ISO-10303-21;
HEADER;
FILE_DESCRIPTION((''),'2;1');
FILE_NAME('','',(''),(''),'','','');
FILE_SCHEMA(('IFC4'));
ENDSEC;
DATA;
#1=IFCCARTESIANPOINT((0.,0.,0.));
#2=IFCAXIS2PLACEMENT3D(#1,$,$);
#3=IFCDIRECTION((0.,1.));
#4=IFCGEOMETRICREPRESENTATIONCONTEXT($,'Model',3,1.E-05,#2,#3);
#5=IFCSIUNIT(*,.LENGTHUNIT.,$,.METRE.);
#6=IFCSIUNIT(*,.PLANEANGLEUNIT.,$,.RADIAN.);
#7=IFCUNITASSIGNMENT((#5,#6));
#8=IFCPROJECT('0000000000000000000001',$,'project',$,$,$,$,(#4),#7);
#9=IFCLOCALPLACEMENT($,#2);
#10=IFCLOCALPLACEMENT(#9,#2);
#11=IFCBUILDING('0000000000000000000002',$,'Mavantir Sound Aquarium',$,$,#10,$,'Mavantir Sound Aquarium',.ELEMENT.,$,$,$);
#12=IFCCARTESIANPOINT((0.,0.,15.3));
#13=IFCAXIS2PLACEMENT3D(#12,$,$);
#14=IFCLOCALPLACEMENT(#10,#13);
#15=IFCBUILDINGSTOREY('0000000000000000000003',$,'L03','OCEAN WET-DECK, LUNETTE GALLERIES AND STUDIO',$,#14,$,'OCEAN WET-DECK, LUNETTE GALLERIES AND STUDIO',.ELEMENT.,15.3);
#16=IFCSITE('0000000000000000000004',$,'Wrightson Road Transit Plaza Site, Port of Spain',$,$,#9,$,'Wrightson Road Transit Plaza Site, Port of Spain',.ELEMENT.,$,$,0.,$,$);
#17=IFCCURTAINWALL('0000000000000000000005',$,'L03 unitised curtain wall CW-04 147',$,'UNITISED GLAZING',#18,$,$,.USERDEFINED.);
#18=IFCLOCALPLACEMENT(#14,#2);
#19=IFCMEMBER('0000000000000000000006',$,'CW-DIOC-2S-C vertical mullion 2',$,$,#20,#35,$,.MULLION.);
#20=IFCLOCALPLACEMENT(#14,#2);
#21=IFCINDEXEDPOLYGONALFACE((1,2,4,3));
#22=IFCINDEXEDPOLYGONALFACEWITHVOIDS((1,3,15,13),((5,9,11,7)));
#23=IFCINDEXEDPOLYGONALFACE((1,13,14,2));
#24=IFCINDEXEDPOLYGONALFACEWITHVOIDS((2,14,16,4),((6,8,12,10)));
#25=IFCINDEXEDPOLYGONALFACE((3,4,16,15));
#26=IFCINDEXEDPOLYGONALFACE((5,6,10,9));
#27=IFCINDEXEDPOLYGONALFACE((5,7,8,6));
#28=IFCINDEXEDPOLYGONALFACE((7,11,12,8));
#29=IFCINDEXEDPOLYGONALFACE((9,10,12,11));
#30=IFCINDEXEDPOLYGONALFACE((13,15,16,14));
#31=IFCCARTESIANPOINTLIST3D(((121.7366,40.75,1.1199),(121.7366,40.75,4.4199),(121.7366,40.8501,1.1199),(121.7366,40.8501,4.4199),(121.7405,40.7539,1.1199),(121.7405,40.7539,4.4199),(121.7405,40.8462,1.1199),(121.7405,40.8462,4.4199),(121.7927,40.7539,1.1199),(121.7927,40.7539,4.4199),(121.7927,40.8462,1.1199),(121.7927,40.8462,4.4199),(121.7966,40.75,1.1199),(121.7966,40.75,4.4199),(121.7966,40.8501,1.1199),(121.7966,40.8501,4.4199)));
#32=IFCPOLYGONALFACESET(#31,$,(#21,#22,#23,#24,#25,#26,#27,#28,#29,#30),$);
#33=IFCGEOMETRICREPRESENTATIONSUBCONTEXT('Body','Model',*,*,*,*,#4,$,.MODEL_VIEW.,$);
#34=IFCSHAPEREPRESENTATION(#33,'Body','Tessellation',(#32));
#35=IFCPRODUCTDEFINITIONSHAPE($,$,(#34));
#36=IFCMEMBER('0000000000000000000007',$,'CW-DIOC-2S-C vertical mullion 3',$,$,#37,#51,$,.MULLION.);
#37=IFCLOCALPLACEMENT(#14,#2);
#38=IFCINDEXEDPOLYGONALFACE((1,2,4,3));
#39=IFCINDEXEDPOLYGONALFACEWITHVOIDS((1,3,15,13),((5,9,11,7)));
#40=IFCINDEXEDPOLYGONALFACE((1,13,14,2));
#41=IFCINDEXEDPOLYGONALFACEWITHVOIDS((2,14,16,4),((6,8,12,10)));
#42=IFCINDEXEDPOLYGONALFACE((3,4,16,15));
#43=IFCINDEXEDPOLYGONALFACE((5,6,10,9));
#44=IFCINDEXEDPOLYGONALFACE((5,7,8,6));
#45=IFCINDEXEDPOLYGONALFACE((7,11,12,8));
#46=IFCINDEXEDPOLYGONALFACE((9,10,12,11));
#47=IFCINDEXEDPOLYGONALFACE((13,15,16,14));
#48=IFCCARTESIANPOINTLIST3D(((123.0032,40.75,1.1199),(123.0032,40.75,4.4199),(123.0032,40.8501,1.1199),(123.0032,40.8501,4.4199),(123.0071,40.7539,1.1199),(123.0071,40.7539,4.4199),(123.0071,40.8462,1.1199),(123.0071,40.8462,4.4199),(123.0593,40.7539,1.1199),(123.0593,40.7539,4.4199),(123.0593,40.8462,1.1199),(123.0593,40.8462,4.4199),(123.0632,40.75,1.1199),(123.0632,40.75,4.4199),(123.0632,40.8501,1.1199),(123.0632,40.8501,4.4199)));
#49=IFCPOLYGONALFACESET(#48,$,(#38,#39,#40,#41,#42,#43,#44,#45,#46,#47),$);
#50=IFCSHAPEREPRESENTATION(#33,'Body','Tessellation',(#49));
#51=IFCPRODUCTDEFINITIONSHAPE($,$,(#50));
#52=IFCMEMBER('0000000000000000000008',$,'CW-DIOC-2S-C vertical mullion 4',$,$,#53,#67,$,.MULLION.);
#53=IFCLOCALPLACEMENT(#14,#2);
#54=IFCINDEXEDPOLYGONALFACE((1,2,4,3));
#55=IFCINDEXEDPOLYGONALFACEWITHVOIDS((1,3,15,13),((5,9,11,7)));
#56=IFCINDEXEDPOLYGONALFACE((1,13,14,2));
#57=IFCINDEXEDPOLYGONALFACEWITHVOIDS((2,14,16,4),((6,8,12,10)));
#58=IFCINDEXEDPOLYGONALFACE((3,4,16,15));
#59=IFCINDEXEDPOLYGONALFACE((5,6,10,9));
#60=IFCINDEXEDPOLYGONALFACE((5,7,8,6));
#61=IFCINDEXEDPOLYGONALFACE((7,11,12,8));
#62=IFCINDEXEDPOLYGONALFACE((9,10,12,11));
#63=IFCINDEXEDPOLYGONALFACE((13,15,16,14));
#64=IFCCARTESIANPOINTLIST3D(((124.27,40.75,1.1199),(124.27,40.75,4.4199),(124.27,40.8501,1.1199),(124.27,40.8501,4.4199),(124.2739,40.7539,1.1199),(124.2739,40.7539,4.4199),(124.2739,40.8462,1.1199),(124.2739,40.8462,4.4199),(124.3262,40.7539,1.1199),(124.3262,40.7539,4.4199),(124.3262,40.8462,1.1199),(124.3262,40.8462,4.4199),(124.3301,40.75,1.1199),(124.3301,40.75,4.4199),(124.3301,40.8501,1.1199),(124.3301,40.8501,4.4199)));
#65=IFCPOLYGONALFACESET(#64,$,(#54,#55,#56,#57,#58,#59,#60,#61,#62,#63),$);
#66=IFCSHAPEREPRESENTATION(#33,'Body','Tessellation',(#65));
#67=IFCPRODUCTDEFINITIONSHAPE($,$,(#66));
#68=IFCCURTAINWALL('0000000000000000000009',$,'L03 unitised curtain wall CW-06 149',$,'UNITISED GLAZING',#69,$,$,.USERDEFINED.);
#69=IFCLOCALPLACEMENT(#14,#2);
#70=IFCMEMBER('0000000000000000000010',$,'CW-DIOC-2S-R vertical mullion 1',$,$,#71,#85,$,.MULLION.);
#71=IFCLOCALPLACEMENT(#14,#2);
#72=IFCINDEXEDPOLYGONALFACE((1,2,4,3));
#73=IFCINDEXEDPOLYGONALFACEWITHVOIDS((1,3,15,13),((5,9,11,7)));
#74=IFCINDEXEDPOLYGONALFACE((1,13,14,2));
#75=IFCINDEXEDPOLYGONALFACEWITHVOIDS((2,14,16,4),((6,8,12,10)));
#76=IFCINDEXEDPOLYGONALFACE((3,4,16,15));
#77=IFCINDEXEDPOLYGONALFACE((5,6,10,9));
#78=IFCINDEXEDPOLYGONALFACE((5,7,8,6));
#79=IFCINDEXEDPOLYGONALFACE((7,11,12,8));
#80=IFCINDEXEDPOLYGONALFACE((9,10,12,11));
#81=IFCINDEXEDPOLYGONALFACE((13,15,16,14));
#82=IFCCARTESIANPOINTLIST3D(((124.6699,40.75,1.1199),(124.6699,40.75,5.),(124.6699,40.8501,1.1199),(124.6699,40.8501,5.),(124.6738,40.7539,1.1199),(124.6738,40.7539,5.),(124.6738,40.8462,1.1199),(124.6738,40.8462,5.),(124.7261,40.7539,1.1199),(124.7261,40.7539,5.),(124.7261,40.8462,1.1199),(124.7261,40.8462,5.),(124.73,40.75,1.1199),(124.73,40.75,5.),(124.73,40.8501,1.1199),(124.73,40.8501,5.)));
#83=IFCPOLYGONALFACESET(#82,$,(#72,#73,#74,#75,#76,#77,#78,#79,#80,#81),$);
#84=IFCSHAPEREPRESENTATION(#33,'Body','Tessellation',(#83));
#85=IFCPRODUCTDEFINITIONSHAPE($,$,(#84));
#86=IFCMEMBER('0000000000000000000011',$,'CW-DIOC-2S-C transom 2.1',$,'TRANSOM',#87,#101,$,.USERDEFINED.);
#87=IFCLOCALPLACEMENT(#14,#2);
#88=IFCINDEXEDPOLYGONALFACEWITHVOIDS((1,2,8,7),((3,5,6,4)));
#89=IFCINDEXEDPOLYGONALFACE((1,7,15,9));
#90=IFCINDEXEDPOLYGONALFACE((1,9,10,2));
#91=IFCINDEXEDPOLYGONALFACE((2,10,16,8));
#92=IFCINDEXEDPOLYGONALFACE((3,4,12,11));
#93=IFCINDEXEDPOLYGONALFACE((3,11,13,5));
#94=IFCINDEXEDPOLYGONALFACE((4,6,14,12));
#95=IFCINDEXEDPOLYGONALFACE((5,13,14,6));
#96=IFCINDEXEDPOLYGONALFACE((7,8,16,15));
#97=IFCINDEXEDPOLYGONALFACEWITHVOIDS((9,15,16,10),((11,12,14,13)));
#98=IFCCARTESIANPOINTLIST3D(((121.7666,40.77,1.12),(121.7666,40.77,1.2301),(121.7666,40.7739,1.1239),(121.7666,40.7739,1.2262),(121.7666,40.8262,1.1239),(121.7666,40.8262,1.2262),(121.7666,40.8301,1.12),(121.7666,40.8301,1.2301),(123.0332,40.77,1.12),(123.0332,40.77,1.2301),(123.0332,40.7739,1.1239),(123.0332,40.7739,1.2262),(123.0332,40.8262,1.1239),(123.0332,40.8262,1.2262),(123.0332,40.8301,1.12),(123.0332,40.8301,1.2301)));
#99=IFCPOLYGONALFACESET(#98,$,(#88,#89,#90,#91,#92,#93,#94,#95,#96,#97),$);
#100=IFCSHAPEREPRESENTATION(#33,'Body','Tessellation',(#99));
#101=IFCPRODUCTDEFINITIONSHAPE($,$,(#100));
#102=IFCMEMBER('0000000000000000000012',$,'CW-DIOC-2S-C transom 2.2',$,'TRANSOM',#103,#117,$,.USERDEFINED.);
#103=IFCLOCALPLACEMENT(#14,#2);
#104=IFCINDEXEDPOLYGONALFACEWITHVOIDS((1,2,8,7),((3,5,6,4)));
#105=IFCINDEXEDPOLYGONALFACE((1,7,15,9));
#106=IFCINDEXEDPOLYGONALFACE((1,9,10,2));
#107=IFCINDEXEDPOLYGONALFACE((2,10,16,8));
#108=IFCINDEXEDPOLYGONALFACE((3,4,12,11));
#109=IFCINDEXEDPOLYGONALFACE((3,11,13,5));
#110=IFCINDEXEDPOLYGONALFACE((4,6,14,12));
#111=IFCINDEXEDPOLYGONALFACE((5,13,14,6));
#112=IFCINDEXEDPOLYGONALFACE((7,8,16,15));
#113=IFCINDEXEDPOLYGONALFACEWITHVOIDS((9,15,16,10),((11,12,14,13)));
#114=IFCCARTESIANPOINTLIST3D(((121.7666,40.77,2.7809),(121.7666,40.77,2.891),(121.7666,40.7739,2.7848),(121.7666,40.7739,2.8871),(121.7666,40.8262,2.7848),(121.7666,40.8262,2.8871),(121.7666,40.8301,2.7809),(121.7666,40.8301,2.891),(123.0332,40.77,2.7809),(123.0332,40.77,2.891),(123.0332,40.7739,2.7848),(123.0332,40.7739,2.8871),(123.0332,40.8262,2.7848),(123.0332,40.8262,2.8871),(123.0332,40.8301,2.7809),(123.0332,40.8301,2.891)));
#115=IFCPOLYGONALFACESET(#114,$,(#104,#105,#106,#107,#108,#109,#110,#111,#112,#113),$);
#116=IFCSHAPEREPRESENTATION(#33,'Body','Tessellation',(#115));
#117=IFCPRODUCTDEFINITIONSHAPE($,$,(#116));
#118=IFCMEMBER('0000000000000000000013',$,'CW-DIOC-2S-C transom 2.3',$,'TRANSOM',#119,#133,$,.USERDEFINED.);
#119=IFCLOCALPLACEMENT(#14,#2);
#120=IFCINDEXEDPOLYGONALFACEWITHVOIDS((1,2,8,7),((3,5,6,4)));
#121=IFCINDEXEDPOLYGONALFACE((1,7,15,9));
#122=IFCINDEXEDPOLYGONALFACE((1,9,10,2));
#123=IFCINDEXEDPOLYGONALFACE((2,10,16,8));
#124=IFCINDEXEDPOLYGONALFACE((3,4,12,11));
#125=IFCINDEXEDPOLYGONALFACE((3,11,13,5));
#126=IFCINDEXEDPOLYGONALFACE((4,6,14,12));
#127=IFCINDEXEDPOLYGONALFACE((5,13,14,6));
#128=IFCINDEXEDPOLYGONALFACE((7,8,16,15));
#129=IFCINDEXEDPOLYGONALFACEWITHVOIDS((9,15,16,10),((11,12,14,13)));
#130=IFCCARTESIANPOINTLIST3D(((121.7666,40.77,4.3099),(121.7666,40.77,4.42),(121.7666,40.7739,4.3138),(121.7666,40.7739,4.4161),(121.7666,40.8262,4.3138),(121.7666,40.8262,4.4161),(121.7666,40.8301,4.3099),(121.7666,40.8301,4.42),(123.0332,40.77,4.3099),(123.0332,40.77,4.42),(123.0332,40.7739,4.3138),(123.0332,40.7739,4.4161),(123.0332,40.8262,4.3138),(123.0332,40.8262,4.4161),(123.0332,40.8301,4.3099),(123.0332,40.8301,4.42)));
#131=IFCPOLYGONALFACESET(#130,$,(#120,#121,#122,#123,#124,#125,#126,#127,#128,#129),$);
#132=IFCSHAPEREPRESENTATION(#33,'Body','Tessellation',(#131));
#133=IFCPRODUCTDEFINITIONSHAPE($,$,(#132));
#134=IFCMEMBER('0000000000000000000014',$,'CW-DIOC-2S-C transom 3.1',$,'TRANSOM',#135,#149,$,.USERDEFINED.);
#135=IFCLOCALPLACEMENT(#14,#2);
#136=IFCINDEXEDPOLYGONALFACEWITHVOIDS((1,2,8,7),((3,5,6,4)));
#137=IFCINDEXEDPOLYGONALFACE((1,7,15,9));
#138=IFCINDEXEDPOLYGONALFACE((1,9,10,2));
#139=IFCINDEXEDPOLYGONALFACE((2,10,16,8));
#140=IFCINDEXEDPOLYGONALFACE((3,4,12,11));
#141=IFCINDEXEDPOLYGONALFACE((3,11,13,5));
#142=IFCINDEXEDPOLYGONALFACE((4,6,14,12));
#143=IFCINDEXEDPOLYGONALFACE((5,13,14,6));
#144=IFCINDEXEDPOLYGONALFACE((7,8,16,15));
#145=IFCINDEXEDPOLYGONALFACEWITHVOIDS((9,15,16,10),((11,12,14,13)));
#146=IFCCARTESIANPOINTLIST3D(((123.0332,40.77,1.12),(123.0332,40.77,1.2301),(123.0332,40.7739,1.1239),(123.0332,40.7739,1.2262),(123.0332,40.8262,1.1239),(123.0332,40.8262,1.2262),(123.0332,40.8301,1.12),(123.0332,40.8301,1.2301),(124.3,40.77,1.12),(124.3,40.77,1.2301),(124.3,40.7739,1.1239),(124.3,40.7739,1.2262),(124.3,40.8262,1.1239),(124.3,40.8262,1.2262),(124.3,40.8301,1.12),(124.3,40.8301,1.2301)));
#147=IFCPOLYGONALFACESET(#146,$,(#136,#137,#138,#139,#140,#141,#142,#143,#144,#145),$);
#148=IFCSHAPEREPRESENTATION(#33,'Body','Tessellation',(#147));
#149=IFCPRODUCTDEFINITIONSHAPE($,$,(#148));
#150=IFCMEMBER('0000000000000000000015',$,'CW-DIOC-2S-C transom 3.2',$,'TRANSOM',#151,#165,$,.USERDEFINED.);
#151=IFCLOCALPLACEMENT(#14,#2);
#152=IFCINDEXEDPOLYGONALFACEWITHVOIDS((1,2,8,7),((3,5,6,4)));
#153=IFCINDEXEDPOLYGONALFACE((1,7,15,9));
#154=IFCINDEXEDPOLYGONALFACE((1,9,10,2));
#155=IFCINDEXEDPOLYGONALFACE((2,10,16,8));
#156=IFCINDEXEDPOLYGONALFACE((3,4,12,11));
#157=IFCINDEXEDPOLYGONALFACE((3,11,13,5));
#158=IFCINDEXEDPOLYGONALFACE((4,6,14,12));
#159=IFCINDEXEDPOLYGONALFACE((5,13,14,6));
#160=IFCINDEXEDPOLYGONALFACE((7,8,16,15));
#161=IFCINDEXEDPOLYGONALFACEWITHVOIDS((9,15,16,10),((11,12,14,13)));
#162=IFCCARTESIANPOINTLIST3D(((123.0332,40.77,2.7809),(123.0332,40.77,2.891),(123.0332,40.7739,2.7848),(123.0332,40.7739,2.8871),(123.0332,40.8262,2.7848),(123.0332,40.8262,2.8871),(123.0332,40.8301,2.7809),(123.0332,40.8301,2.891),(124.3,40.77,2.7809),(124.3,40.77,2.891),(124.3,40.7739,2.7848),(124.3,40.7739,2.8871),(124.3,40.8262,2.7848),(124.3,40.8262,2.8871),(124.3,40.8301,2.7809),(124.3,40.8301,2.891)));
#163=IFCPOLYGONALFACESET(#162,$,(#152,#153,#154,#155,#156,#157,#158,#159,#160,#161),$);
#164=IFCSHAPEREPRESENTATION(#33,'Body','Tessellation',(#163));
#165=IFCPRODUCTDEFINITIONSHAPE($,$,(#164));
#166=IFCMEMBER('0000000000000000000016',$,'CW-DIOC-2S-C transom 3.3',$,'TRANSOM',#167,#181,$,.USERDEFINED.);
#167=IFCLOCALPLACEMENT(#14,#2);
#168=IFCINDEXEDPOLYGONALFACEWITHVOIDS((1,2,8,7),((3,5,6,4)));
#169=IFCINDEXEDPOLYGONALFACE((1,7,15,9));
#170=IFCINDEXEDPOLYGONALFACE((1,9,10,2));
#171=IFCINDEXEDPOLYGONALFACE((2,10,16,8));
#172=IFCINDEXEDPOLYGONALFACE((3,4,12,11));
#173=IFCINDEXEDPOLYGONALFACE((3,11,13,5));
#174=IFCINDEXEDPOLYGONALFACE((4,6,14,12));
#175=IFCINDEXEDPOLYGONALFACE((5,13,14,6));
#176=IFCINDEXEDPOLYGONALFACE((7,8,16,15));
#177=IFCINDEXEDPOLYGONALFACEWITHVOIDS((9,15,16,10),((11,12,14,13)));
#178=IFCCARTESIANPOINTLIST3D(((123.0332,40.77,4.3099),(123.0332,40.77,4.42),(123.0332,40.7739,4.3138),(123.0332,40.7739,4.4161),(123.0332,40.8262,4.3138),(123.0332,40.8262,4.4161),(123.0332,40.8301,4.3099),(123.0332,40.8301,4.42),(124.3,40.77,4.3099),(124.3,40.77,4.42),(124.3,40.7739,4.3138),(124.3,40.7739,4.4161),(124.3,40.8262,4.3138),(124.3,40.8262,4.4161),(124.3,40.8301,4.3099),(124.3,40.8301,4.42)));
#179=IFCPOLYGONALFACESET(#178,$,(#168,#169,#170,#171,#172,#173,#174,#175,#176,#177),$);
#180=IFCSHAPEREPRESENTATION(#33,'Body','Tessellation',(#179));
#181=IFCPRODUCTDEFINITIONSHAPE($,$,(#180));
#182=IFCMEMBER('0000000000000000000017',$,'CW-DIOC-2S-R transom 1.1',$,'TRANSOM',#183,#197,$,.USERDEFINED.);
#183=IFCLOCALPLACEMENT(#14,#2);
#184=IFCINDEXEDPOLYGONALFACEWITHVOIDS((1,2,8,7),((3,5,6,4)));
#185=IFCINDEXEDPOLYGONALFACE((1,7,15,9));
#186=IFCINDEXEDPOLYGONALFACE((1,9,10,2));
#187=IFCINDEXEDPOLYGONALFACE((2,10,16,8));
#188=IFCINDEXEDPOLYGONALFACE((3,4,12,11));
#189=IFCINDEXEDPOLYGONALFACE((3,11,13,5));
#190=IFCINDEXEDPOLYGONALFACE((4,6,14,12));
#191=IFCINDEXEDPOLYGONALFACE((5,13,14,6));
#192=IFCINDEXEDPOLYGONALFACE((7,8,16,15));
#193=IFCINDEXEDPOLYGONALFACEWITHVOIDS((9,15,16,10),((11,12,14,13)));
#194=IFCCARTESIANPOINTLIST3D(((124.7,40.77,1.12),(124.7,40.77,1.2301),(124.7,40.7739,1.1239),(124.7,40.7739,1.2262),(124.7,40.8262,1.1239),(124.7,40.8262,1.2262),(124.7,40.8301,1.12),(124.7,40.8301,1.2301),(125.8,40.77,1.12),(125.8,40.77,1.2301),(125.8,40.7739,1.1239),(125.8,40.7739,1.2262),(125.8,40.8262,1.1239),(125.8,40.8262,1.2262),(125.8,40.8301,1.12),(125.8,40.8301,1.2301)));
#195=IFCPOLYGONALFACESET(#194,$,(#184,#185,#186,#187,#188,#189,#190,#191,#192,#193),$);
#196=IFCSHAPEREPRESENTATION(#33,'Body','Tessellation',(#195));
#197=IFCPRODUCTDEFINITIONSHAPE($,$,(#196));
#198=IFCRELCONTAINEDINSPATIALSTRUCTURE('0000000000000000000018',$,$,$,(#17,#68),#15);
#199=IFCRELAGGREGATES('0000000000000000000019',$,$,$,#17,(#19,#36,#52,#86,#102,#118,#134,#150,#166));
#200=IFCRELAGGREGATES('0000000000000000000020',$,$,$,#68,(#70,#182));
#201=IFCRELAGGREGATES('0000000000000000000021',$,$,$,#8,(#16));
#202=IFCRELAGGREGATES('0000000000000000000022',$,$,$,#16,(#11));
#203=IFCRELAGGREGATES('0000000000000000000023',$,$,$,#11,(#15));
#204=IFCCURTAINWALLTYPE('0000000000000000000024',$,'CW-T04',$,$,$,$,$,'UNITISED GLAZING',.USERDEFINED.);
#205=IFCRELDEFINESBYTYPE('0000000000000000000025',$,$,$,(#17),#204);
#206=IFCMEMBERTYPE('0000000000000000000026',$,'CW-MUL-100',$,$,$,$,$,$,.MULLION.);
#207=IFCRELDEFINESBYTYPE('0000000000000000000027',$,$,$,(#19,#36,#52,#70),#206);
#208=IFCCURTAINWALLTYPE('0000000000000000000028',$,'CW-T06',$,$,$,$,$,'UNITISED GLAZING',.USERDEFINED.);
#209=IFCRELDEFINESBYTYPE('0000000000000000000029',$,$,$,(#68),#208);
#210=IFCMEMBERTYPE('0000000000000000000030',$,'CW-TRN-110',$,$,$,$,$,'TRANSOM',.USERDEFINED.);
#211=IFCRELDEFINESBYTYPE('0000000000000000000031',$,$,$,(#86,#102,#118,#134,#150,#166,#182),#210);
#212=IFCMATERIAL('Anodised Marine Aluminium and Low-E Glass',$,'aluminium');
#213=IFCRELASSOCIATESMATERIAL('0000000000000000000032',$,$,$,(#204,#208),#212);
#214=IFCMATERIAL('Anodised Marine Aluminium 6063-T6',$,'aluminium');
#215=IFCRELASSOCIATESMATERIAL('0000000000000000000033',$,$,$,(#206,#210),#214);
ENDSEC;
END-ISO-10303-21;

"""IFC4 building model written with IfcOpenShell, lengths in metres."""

from ifc_helpers import new_model, si_unit, direction, frame, origin, origin_2d, place, context, subcontext, project, spatial, hollow_rectangle, extrude, material, material_profile, profile_set, type_object, element, aggregate, save


model = new_model("IFC4")

# Units and contexts
model_context = context("Model", 3, precision=1e-05, world=origin(), true_north=direction((0.0, 1.0)))
body_context = subcontext(model_context, "Body", "Model", "MODEL_VIEW")
ifc_project = project(units=[si_unit("LENGTHUNIT", "METRE"), si_unit("PLANEANGLEUNIT", "RADIAN")], contexts=[model_context])

# Site, building, storey
site_placement = place(None, origin())
site = spatial("IfcSite", under=ifc_project, at=site_placement, Name="Wrightson Road Transit Plaza Site, Port of Spain", LongName="Wrightson Road Transit Plaza Site, Port of Spain", CompositionType="ELEMENT", RefElevation=0.0)
building_placement = place(site_placement, origin())
building = spatial("IfcBuilding", under=site, at=building_placement, Name="Mavantir Sound Aquarium", LongName="Mavantir Sound Aquarium", CompositionType="ELEMENT")
storey_placement = place(building_placement, frame((0.0, 0.0, 15.3)))
storey = spatial("IfcBuildingStorey", under=building, at=storey_placement, Name="L03", Description="OCEAN WET-DECK, LUNETTE GALLERIES AND STUDIO", LongName="OCEAN WET-DECK, LUNETTE GALLERIES AND STUDIO", CompositionType="ELEMENT", Elevation=15.3)

# Curtain wall, members
ifc_material_1 = material(Name="Anodised Marine Aluminium and Low-E Glass", Category="aluminium")
curtain_wall_type_1 = type_object("IfcCurtainWallType", Name="CW-T04", ElementType="UNITISED GLAZING", PredefinedType="USERDEFINED", material=ifc_material_1)
curtain_wall_1_placement = place(storey_placement, origin())
curtain_wall_1 = element("IfcCurtainWall", 1, at=curtain_wall_1_placement, inside=storey, type_object=curtain_wall_type_1, Name="L03 unitised curtain wall CW-04 147", ObjectType="UNITISED GLAZING", PredefinedType="USERDEFINED")
ifc_material_2 = material(Name="Anodised Marine Aluminium 6063-T6", Category="aluminium")
ifc_material_profile_1 = material_profile(ifc_material_2, hollow_rectangle(XDim=0.0601, YDim=0.1001, WallThickness=0.0039, at=origin_2d()), Name="ALU-MULLION-100X60")
ifc_profile_set_1 = profile_set([ifc_material_profile_1], Name="Anodised Marine Aluminium 6063-T6")
member_type_1 = type_object("IfcMemberType", Name="CW-MUL-100", PredefinedType="MULLION", material=ifc_profile_set_1)
member_1_placement = place(storey_placement, frame((121.7666, 40.8, 1.1199), z_axis=(0.0, 0.0, 1.0), x_axis=(1.0, 0.0, 0.0)))
member_1 = element("IfcMember", 2, at=member_1_placement, type_object=member_type_1, Name="CW-DIOC-2S-C vertical mullion 2", PredefinedType="MULLION", context=body_context, shape_type="SweptSolid", body=[
    extrude(hollow_rectangle(XDim=0.0601, YDim=0.1001, WallThickness=0.0039, at=origin_2d()), origin(), (0.0, 0.0, 1.0), 3.3),
])
member_2_placement = place(storey_placement, frame((123.0332, 40.8, 1.1199), z_axis=(0.0, 0.0, 1.0), x_axis=(1.0, 0.0, 0.0)))
member_2 = element("IfcMember", 3, at=member_2_placement, type_object=member_type_1, Name="CW-DIOC-2S-C vertical mullion 3", PredefinedType="MULLION", context=body_context, shape_type="SweptSolid", body=[
    extrude(hollow_rectangle(XDim=0.0601, YDim=0.1001, WallThickness=0.0039, at=origin_2d()), origin(), (0.0, 0.0, 1.0), 3.3),
])
member_3_placement = place(storey_placement, frame((124.3, 40.8, 1.1199), z_axis=(0.0, 0.0, 1.0), x_axis=(1.0, 0.0, 0.0)))
member_3 = element("IfcMember", 4, at=member_3_placement, type_object=member_type_1, Name="CW-DIOC-2S-C vertical mullion 4", PredefinedType="MULLION", context=body_context, shape_type="SweptSolid", body=[
    extrude(hollow_rectangle(XDim=0.0601, YDim=0.1001, WallThickness=0.0039, at=origin_2d()), origin(), (0.0, 0.0, 1.0), 3.3),
])

# Curtain wall, member
curtain_wall_type_2 = type_object("IfcCurtainWallType", Name="CW-T06", ElementType="UNITISED GLAZING", PredefinedType="USERDEFINED", material=ifc_material_1)
curtain_wall_2_placement = place(storey_placement, origin())
curtain_wall_2 = element("IfcCurtainWall", 5, at=curtain_wall_2_placement, inside=storey, type_object=curtain_wall_type_2, Name="L03 unitised curtain wall CW-06 149", ObjectType="UNITISED GLAZING", PredefinedType="USERDEFINED")
member_4_placement = place(storey_placement, frame((124.7, 40.8, 1.1199), z_axis=(0.0, 0.0, 1.0), x_axis=(1.0, 0.0, 0.0)))
member_4 = element("IfcMember", 6, at=member_4_placement, type_object=member_type_1, Name="CW-DIOC-2S-R vertical mullion 1", PredefinedType="MULLION", context=body_context, shape_type="SweptSolid", body=[
    extrude(hollow_rectangle(XDim=0.0601, YDim=0.1001, WallThickness=0.0039, at=origin_2d()), origin(), (0.0, 0.0, 1.0), 3.8801),
])

# Members
ifc_material_profile_2 = material_profile(ifc_material_2, hollow_rectangle(XDim=0.0601, YDim=0.1101, WallThickness=0.0039, at=origin_2d()), Name="ALU-TRANSOM-110X60")
ifc_profile_set_2 = profile_set([ifc_material_profile_2], Name="Anodised Marine Aluminium 6063-T6")
member_type_2 = type_object("IfcMemberType", Name="CW-TRN-110", ElementType="TRANSOM", PredefinedType="USERDEFINED", material=ifc_profile_set_2)
member_5_placement = place(storey_placement, frame((121.7666, 40.8, 1.175), z_axis=(1.0, 0.0, 0.0), x_axis=(0.0, 1.0, 0.0)))
member_5 = element("IfcMember", 7, at=member_5_placement, type_object=member_type_2, Name="CW-DIOC-2S-C transom 2.1", ObjectType="TRANSOM", PredefinedType="USERDEFINED", context=body_context, shape_type="SweptSolid", body=[
    extrude(hollow_rectangle(XDim=0.0601, YDim=0.1101, WallThickness=0.0039, at=origin_2d()), origin(), (0.0, 0.0, 1.0), 1.2666),
])
member_6_placement = place(storey_placement, frame((121.7666, 40.8, 2.8359), z_axis=(1.0, 0.0, 0.0), x_axis=(0.0, 1.0, 0.0)))
member_6 = element("IfcMember", 8, at=member_6_placement, type_object=member_type_2, Name="CW-DIOC-2S-C transom 2.2", ObjectType="TRANSOM", PredefinedType="USERDEFINED", context=body_context, shape_type="SweptSolid", body=[
    extrude(hollow_rectangle(XDim=0.0601, YDim=0.1101, WallThickness=0.0039, at=origin_2d()), origin(), (0.0, 0.0, 1.0), 1.2666),
])
member_7_placement = place(storey_placement, frame((121.7666, 40.8, 4.365), z_axis=(1.0, 0.0, 0.0), x_axis=(0.0, 1.0, 0.0)))
member_7 = element("IfcMember", 9, at=member_7_placement, type_object=member_type_2, Name="CW-DIOC-2S-C transom 2.3", ObjectType="TRANSOM", PredefinedType="USERDEFINED", context=body_context, shape_type="SweptSolid", body=[
    extrude(hollow_rectangle(XDim=0.0601, YDim=0.1101, WallThickness=0.0039, at=origin_2d()), origin(), (0.0, 0.0, 1.0), 1.2666),
])
member_8_placement = place(storey_placement, frame((123.0332, 40.8, 1.175), z_axis=(1.0, 0.0, 0.0), x_axis=(0.0, 1.0, 0.0)))
member_8 = element("IfcMember", 10, at=member_8_placement, type_object=member_type_2, Name="CW-DIOC-2S-C transom 3.1", ObjectType="TRANSOM", PredefinedType="USERDEFINED", context=body_context, shape_type="SweptSolid", body=[
    extrude(hollow_rectangle(XDim=0.0601, YDim=0.1101, WallThickness=0.0039, at=origin_2d()), origin(), (0.0, 0.0, 1.0), 1.2668),
])
member_9_placement = place(storey_placement, frame((123.0332, 40.8, 2.8359), z_axis=(1.0, 0.0, 0.0), x_axis=(0.0, 1.0, 0.0)))
member_9 = element("IfcMember", 11, at=member_9_placement, type_object=member_type_2, Name="CW-DIOC-2S-C transom 3.2", ObjectType="TRANSOM", PredefinedType="USERDEFINED", context=body_context, shape_type="SweptSolid", body=[
    extrude(hollow_rectangle(XDim=0.0601, YDim=0.1101, WallThickness=0.0039, at=origin_2d()), origin(), (0.0, 0.0, 1.0), 1.2668),
])
member_10_placement = place(storey_placement, frame((123.0332, 40.8, 4.365), z_axis=(1.0, 0.0, 0.0), x_axis=(0.0, 1.0, 0.0)))
member_10 = element("IfcMember", 12, at=member_10_placement, type_object=member_type_2, Name="CW-DIOC-2S-C transom 3.3", ObjectType="TRANSOM", PredefinedType="USERDEFINED", context=body_context, shape_type="SweptSolid", body=[
    extrude(hollow_rectangle(XDim=0.0601, YDim=0.1101, WallThickness=0.0039, at=origin_2d()), origin(), (0.0, 0.0, 1.0), 1.2668),
])
member_11_placement = place(storey_placement, frame((124.7, 40.8, 1.175), z_axis=(1.0, 0.0, 0.0), x_axis=(0.0, 1.0, 0.0)))
member_11 = element("IfcMember", 13, at=member_11_placement, type_object=member_type_2, Name="CW-DIOC-2S-R transom 1.1", ObjectType="TRANSOM", PredefinedType="USERDEFINED", context=body_context, shape_type="SweptSolid", body=[
    extrude(hollow_rectangle(XDim=0.0601, YDim=0.1101, WallThickness=0.0039, at=origin_2d()), origin(), (0.0, 0.0, 1.0), 1.1001),
])

aggregate(curtain_wall_1, [member_1, member_2, member_3, member_5, member_6, member_7, member_8, member_9, member_10])
aggregate(curtain_wall_2, [member_4, member_11])

save(model, "model.ifc")
